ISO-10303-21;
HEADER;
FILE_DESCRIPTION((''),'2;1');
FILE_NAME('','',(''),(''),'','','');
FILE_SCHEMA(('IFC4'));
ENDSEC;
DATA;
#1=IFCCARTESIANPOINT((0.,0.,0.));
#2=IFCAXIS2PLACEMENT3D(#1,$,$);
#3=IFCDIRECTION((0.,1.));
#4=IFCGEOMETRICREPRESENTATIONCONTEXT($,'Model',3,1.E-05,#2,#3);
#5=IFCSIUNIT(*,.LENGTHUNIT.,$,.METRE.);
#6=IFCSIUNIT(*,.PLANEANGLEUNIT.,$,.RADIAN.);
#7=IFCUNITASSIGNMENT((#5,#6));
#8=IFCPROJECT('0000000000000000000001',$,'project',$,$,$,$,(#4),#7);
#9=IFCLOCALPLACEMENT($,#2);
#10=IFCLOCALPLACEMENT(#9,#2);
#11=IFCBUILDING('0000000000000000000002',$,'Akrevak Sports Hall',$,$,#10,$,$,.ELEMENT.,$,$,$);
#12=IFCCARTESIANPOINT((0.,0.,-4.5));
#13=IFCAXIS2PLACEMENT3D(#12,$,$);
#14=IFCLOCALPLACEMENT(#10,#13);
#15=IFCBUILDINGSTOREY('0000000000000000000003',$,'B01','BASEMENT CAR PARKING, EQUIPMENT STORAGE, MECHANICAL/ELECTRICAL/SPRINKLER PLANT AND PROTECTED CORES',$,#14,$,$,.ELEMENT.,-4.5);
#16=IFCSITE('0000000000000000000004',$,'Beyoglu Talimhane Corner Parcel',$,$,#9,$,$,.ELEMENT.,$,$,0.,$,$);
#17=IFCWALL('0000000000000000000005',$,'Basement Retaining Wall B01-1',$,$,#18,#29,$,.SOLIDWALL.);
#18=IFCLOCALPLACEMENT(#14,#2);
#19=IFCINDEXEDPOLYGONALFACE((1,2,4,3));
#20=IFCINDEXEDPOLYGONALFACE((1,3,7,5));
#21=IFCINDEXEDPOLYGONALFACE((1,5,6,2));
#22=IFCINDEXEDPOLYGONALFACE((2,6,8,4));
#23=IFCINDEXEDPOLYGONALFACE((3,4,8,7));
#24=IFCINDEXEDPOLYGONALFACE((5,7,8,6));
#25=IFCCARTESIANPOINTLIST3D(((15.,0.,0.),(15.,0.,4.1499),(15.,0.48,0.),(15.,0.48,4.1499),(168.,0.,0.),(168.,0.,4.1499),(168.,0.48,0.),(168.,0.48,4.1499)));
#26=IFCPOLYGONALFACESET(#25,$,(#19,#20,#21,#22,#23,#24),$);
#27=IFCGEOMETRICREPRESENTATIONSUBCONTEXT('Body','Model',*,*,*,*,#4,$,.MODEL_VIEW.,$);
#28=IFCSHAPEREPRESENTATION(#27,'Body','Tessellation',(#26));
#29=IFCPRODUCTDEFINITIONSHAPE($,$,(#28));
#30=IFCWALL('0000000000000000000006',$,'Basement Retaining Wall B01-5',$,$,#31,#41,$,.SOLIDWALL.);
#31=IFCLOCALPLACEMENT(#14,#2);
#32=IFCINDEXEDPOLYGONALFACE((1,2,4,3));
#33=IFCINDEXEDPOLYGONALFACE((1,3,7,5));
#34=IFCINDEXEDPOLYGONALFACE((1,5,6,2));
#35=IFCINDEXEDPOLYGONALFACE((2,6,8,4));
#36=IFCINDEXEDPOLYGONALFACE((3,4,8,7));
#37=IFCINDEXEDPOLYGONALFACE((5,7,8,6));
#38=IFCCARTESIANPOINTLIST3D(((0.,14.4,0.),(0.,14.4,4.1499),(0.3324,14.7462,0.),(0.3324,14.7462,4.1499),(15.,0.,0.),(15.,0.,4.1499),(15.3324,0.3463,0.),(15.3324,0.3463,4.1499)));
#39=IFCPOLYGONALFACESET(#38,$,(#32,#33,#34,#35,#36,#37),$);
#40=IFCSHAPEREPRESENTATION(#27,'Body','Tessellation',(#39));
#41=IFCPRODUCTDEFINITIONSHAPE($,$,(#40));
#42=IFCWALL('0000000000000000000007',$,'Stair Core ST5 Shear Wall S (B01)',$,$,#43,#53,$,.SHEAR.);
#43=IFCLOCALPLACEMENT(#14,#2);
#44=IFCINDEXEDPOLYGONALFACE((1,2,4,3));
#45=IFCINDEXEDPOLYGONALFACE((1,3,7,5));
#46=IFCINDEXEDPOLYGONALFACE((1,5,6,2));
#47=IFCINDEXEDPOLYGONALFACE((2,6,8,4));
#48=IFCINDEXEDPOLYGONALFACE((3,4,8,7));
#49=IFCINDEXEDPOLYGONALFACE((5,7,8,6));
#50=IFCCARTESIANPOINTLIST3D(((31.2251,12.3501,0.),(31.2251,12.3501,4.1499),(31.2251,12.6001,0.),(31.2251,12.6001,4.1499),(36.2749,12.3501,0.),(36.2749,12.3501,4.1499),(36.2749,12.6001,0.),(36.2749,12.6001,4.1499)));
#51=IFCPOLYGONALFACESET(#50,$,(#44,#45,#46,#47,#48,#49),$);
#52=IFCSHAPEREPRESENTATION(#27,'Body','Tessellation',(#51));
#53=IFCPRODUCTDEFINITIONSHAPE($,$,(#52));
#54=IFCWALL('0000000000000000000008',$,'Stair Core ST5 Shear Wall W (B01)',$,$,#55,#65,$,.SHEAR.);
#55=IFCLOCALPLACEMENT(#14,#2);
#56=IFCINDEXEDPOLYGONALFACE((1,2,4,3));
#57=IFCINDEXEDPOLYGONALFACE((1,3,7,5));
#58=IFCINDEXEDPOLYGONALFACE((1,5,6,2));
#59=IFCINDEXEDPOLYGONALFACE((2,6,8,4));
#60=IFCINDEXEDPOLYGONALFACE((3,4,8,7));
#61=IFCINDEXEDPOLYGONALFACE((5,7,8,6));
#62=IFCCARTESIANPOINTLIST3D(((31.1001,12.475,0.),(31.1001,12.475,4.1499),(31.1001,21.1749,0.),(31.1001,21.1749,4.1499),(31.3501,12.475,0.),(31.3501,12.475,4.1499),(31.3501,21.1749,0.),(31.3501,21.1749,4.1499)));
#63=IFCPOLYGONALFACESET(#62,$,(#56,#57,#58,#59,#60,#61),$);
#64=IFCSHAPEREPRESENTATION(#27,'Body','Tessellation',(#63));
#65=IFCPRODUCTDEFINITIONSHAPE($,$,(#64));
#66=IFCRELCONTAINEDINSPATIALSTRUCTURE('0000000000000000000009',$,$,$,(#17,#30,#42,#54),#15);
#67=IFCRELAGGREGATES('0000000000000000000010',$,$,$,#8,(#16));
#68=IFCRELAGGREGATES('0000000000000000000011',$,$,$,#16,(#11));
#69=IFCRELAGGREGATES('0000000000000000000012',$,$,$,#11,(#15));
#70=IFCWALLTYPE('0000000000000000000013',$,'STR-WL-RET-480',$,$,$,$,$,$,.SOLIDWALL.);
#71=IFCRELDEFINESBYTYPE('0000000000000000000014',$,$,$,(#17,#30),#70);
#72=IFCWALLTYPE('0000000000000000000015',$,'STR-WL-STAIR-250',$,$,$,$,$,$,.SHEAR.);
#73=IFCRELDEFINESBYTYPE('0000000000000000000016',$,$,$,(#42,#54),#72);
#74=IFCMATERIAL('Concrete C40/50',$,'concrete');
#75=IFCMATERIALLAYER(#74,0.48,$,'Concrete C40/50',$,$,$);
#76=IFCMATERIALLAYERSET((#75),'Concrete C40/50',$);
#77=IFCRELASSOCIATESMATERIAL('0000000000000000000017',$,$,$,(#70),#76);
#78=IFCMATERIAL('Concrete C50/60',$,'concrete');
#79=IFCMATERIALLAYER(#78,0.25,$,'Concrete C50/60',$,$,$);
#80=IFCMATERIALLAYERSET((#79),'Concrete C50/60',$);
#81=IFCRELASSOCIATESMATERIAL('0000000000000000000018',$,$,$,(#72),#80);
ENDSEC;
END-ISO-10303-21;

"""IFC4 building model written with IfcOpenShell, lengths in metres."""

from ifc_helpers import new_model, si_unit, direction, frame, frame_2d, origin, place, context, subcontext, project, spatial, rectangle, extrude, material, layer, layer_set, type_object, element, save


model = new_model("IFC4")

# Units and contexts
model_context = context("Model", 3, precision=1e-05, world=origin(), true_north=direction((0.0, 1.0)))
body_context = subcontext(model_context, "Body", "Model", "MODEL_VIEW")
ifc_project = project(units=[si_unit("LENGTHUNIT", "METRE"), si_unit("PLANEANGLEUNIT", "RADIAN")], contexts=[model_context])

# Site, building, storey
site_placement = place(None, origin())
site = spatial("IfcSite", under=ifc_project, at=site_placement, Name="Beyoglu Talimhane Corner Parcel", CompositionType="ELEMENT", RefElevation=0.0)
building_placement = place(site_placement, origin())
building = spatial("IfcBuilding", under=site, at=building_placement, Name="Akrevak Sports Hall", CompositionType="ELEMENT")
storey_placement = place(building_placement, frame((0.0, 0.0, -4.5)))
storey = spatial("IfcBuildingStorey", under=building, at=storey_placement, Name="B01", Description="BASEMENT CAR PARKING, EQUIPMENT STORAGE, MECHANICAL/ELECTRICAL/SPRINKLER PLANT AND PROTECTED CORES", CompositionType="ELEMENT", Elevation=-4.5)

# Shared definitions
ifc_material_1 = material(Name="Concrete C50/60", Category="concrete")
ifc_material_2 = material(Name="Concrete C40/50", Category="concrete")

# Walls
ifc_layer_1 = layer(ifc_material_2, 0.48, Name="Concrete C40/50")
ifc_layer_set_1 = layer_set([ifc_layer_1], Name="Concrete C40/50")
wall_type_1 = type_object("IfcWallType", Name="STR-WL-RET-480", PredefinedType="SOLIDWALL", material=ifc_layer_set_1)
wall_1_placement = place(storey_placement, frame((15.0, 0.24, 0.0), z_axis=(0.0, 0.0, 1.0), x_axis=(1.0, 0.0, 0.0)))
element("IfcWall", 1, at=wall_1_placement, inside=storey, type_object=wall_type_1, Name="Basement Retaining Wall B01-1", PredefinedType="SOLIDWALL", context=body_context, shape_type="SweptSolid", body=[
    extrude(rectangle(XDim=153.0, YDim=0.48, at=frame_2d((76.5, 0.0))), origin(), (0.0, 0.0, 1.0), 4.1499),
])
wall_2_placement = place(storey_placement, frame((0.1663, 14.573, 0.0), z_axis=(0.0, 0.0, 1.0), x_axis=(0.72139, -0.692529, 0.0)))
element("IfcWall", 2, at=wall_2_placement, inside=storey, type_object=wall_type_1, Name="Basement Retaining Wall B01-5", PredefinedType="SOLIDWALL", context=body_context, shape_type="SweptSolid", body=[
    extrude(rectangle(XDim=20.7932, YDim=0.48, at=frame_2d((10.3965, 0.0))), origin(), (0.0, 0.0, 1.0), 4.1499),
])
ifc_layer_2 = layer(ifc_material_1, 0.25, Name="Concrete C50/60")
ifc_layer_set_2 = layer_set([ifc_layer_2], Name="Concrete C50/60")
wall_type_2 = type_object("IfcWallType", Name="STR-WL-STAIR-250", PredefinedType="SHEAR", material=ifc_layer_set_2)
wall_3_placement = place(storey_placement, frame((31.2251, 12.4751, 0.0), z_axis=(0.0, 0.0, 1.0), x_axis=(1.0, 0.0, 0.0)))
element("IfcWall", 3, at=wall_3_placement, inside=storey, type_object=wall_type_2, Name="Stair Core ST5 Shear Wall S (B01)", PredefinedType="SHEAR", context=body_context, shape_type="SweptSolid", body=[
    extrude(rectangle(XDim=5.0498, YDim=0.25, at=frame_2d((2.5249, 0.0))), origin(), (0.0, 0.0, 1.0), 4.1499),
])
wall_4_placement = place(storey_placement, frame((31.2251, 21.175, 0.0), z_axis=(0.0, 0.0, 1.0), x_axis=(0.0, -1.0, 0.0)))
element("IfcWall", 4, at=wall_4_placement, inside=storey, type_object=wall_type_2, Name="Stair Core ST5 Shear Wall W (B01)", PredefinedType="SHEAR", context=body_context, shape_type="SweptSolid", body=[
    extrude(rectangle(XDim=8.7, YDim=0.25, at=frame_2d((4.3501, 0.0))), origin(), (0.0, 0.0, 1.0), 4.1499),
])

save(model, "model.ifc")
